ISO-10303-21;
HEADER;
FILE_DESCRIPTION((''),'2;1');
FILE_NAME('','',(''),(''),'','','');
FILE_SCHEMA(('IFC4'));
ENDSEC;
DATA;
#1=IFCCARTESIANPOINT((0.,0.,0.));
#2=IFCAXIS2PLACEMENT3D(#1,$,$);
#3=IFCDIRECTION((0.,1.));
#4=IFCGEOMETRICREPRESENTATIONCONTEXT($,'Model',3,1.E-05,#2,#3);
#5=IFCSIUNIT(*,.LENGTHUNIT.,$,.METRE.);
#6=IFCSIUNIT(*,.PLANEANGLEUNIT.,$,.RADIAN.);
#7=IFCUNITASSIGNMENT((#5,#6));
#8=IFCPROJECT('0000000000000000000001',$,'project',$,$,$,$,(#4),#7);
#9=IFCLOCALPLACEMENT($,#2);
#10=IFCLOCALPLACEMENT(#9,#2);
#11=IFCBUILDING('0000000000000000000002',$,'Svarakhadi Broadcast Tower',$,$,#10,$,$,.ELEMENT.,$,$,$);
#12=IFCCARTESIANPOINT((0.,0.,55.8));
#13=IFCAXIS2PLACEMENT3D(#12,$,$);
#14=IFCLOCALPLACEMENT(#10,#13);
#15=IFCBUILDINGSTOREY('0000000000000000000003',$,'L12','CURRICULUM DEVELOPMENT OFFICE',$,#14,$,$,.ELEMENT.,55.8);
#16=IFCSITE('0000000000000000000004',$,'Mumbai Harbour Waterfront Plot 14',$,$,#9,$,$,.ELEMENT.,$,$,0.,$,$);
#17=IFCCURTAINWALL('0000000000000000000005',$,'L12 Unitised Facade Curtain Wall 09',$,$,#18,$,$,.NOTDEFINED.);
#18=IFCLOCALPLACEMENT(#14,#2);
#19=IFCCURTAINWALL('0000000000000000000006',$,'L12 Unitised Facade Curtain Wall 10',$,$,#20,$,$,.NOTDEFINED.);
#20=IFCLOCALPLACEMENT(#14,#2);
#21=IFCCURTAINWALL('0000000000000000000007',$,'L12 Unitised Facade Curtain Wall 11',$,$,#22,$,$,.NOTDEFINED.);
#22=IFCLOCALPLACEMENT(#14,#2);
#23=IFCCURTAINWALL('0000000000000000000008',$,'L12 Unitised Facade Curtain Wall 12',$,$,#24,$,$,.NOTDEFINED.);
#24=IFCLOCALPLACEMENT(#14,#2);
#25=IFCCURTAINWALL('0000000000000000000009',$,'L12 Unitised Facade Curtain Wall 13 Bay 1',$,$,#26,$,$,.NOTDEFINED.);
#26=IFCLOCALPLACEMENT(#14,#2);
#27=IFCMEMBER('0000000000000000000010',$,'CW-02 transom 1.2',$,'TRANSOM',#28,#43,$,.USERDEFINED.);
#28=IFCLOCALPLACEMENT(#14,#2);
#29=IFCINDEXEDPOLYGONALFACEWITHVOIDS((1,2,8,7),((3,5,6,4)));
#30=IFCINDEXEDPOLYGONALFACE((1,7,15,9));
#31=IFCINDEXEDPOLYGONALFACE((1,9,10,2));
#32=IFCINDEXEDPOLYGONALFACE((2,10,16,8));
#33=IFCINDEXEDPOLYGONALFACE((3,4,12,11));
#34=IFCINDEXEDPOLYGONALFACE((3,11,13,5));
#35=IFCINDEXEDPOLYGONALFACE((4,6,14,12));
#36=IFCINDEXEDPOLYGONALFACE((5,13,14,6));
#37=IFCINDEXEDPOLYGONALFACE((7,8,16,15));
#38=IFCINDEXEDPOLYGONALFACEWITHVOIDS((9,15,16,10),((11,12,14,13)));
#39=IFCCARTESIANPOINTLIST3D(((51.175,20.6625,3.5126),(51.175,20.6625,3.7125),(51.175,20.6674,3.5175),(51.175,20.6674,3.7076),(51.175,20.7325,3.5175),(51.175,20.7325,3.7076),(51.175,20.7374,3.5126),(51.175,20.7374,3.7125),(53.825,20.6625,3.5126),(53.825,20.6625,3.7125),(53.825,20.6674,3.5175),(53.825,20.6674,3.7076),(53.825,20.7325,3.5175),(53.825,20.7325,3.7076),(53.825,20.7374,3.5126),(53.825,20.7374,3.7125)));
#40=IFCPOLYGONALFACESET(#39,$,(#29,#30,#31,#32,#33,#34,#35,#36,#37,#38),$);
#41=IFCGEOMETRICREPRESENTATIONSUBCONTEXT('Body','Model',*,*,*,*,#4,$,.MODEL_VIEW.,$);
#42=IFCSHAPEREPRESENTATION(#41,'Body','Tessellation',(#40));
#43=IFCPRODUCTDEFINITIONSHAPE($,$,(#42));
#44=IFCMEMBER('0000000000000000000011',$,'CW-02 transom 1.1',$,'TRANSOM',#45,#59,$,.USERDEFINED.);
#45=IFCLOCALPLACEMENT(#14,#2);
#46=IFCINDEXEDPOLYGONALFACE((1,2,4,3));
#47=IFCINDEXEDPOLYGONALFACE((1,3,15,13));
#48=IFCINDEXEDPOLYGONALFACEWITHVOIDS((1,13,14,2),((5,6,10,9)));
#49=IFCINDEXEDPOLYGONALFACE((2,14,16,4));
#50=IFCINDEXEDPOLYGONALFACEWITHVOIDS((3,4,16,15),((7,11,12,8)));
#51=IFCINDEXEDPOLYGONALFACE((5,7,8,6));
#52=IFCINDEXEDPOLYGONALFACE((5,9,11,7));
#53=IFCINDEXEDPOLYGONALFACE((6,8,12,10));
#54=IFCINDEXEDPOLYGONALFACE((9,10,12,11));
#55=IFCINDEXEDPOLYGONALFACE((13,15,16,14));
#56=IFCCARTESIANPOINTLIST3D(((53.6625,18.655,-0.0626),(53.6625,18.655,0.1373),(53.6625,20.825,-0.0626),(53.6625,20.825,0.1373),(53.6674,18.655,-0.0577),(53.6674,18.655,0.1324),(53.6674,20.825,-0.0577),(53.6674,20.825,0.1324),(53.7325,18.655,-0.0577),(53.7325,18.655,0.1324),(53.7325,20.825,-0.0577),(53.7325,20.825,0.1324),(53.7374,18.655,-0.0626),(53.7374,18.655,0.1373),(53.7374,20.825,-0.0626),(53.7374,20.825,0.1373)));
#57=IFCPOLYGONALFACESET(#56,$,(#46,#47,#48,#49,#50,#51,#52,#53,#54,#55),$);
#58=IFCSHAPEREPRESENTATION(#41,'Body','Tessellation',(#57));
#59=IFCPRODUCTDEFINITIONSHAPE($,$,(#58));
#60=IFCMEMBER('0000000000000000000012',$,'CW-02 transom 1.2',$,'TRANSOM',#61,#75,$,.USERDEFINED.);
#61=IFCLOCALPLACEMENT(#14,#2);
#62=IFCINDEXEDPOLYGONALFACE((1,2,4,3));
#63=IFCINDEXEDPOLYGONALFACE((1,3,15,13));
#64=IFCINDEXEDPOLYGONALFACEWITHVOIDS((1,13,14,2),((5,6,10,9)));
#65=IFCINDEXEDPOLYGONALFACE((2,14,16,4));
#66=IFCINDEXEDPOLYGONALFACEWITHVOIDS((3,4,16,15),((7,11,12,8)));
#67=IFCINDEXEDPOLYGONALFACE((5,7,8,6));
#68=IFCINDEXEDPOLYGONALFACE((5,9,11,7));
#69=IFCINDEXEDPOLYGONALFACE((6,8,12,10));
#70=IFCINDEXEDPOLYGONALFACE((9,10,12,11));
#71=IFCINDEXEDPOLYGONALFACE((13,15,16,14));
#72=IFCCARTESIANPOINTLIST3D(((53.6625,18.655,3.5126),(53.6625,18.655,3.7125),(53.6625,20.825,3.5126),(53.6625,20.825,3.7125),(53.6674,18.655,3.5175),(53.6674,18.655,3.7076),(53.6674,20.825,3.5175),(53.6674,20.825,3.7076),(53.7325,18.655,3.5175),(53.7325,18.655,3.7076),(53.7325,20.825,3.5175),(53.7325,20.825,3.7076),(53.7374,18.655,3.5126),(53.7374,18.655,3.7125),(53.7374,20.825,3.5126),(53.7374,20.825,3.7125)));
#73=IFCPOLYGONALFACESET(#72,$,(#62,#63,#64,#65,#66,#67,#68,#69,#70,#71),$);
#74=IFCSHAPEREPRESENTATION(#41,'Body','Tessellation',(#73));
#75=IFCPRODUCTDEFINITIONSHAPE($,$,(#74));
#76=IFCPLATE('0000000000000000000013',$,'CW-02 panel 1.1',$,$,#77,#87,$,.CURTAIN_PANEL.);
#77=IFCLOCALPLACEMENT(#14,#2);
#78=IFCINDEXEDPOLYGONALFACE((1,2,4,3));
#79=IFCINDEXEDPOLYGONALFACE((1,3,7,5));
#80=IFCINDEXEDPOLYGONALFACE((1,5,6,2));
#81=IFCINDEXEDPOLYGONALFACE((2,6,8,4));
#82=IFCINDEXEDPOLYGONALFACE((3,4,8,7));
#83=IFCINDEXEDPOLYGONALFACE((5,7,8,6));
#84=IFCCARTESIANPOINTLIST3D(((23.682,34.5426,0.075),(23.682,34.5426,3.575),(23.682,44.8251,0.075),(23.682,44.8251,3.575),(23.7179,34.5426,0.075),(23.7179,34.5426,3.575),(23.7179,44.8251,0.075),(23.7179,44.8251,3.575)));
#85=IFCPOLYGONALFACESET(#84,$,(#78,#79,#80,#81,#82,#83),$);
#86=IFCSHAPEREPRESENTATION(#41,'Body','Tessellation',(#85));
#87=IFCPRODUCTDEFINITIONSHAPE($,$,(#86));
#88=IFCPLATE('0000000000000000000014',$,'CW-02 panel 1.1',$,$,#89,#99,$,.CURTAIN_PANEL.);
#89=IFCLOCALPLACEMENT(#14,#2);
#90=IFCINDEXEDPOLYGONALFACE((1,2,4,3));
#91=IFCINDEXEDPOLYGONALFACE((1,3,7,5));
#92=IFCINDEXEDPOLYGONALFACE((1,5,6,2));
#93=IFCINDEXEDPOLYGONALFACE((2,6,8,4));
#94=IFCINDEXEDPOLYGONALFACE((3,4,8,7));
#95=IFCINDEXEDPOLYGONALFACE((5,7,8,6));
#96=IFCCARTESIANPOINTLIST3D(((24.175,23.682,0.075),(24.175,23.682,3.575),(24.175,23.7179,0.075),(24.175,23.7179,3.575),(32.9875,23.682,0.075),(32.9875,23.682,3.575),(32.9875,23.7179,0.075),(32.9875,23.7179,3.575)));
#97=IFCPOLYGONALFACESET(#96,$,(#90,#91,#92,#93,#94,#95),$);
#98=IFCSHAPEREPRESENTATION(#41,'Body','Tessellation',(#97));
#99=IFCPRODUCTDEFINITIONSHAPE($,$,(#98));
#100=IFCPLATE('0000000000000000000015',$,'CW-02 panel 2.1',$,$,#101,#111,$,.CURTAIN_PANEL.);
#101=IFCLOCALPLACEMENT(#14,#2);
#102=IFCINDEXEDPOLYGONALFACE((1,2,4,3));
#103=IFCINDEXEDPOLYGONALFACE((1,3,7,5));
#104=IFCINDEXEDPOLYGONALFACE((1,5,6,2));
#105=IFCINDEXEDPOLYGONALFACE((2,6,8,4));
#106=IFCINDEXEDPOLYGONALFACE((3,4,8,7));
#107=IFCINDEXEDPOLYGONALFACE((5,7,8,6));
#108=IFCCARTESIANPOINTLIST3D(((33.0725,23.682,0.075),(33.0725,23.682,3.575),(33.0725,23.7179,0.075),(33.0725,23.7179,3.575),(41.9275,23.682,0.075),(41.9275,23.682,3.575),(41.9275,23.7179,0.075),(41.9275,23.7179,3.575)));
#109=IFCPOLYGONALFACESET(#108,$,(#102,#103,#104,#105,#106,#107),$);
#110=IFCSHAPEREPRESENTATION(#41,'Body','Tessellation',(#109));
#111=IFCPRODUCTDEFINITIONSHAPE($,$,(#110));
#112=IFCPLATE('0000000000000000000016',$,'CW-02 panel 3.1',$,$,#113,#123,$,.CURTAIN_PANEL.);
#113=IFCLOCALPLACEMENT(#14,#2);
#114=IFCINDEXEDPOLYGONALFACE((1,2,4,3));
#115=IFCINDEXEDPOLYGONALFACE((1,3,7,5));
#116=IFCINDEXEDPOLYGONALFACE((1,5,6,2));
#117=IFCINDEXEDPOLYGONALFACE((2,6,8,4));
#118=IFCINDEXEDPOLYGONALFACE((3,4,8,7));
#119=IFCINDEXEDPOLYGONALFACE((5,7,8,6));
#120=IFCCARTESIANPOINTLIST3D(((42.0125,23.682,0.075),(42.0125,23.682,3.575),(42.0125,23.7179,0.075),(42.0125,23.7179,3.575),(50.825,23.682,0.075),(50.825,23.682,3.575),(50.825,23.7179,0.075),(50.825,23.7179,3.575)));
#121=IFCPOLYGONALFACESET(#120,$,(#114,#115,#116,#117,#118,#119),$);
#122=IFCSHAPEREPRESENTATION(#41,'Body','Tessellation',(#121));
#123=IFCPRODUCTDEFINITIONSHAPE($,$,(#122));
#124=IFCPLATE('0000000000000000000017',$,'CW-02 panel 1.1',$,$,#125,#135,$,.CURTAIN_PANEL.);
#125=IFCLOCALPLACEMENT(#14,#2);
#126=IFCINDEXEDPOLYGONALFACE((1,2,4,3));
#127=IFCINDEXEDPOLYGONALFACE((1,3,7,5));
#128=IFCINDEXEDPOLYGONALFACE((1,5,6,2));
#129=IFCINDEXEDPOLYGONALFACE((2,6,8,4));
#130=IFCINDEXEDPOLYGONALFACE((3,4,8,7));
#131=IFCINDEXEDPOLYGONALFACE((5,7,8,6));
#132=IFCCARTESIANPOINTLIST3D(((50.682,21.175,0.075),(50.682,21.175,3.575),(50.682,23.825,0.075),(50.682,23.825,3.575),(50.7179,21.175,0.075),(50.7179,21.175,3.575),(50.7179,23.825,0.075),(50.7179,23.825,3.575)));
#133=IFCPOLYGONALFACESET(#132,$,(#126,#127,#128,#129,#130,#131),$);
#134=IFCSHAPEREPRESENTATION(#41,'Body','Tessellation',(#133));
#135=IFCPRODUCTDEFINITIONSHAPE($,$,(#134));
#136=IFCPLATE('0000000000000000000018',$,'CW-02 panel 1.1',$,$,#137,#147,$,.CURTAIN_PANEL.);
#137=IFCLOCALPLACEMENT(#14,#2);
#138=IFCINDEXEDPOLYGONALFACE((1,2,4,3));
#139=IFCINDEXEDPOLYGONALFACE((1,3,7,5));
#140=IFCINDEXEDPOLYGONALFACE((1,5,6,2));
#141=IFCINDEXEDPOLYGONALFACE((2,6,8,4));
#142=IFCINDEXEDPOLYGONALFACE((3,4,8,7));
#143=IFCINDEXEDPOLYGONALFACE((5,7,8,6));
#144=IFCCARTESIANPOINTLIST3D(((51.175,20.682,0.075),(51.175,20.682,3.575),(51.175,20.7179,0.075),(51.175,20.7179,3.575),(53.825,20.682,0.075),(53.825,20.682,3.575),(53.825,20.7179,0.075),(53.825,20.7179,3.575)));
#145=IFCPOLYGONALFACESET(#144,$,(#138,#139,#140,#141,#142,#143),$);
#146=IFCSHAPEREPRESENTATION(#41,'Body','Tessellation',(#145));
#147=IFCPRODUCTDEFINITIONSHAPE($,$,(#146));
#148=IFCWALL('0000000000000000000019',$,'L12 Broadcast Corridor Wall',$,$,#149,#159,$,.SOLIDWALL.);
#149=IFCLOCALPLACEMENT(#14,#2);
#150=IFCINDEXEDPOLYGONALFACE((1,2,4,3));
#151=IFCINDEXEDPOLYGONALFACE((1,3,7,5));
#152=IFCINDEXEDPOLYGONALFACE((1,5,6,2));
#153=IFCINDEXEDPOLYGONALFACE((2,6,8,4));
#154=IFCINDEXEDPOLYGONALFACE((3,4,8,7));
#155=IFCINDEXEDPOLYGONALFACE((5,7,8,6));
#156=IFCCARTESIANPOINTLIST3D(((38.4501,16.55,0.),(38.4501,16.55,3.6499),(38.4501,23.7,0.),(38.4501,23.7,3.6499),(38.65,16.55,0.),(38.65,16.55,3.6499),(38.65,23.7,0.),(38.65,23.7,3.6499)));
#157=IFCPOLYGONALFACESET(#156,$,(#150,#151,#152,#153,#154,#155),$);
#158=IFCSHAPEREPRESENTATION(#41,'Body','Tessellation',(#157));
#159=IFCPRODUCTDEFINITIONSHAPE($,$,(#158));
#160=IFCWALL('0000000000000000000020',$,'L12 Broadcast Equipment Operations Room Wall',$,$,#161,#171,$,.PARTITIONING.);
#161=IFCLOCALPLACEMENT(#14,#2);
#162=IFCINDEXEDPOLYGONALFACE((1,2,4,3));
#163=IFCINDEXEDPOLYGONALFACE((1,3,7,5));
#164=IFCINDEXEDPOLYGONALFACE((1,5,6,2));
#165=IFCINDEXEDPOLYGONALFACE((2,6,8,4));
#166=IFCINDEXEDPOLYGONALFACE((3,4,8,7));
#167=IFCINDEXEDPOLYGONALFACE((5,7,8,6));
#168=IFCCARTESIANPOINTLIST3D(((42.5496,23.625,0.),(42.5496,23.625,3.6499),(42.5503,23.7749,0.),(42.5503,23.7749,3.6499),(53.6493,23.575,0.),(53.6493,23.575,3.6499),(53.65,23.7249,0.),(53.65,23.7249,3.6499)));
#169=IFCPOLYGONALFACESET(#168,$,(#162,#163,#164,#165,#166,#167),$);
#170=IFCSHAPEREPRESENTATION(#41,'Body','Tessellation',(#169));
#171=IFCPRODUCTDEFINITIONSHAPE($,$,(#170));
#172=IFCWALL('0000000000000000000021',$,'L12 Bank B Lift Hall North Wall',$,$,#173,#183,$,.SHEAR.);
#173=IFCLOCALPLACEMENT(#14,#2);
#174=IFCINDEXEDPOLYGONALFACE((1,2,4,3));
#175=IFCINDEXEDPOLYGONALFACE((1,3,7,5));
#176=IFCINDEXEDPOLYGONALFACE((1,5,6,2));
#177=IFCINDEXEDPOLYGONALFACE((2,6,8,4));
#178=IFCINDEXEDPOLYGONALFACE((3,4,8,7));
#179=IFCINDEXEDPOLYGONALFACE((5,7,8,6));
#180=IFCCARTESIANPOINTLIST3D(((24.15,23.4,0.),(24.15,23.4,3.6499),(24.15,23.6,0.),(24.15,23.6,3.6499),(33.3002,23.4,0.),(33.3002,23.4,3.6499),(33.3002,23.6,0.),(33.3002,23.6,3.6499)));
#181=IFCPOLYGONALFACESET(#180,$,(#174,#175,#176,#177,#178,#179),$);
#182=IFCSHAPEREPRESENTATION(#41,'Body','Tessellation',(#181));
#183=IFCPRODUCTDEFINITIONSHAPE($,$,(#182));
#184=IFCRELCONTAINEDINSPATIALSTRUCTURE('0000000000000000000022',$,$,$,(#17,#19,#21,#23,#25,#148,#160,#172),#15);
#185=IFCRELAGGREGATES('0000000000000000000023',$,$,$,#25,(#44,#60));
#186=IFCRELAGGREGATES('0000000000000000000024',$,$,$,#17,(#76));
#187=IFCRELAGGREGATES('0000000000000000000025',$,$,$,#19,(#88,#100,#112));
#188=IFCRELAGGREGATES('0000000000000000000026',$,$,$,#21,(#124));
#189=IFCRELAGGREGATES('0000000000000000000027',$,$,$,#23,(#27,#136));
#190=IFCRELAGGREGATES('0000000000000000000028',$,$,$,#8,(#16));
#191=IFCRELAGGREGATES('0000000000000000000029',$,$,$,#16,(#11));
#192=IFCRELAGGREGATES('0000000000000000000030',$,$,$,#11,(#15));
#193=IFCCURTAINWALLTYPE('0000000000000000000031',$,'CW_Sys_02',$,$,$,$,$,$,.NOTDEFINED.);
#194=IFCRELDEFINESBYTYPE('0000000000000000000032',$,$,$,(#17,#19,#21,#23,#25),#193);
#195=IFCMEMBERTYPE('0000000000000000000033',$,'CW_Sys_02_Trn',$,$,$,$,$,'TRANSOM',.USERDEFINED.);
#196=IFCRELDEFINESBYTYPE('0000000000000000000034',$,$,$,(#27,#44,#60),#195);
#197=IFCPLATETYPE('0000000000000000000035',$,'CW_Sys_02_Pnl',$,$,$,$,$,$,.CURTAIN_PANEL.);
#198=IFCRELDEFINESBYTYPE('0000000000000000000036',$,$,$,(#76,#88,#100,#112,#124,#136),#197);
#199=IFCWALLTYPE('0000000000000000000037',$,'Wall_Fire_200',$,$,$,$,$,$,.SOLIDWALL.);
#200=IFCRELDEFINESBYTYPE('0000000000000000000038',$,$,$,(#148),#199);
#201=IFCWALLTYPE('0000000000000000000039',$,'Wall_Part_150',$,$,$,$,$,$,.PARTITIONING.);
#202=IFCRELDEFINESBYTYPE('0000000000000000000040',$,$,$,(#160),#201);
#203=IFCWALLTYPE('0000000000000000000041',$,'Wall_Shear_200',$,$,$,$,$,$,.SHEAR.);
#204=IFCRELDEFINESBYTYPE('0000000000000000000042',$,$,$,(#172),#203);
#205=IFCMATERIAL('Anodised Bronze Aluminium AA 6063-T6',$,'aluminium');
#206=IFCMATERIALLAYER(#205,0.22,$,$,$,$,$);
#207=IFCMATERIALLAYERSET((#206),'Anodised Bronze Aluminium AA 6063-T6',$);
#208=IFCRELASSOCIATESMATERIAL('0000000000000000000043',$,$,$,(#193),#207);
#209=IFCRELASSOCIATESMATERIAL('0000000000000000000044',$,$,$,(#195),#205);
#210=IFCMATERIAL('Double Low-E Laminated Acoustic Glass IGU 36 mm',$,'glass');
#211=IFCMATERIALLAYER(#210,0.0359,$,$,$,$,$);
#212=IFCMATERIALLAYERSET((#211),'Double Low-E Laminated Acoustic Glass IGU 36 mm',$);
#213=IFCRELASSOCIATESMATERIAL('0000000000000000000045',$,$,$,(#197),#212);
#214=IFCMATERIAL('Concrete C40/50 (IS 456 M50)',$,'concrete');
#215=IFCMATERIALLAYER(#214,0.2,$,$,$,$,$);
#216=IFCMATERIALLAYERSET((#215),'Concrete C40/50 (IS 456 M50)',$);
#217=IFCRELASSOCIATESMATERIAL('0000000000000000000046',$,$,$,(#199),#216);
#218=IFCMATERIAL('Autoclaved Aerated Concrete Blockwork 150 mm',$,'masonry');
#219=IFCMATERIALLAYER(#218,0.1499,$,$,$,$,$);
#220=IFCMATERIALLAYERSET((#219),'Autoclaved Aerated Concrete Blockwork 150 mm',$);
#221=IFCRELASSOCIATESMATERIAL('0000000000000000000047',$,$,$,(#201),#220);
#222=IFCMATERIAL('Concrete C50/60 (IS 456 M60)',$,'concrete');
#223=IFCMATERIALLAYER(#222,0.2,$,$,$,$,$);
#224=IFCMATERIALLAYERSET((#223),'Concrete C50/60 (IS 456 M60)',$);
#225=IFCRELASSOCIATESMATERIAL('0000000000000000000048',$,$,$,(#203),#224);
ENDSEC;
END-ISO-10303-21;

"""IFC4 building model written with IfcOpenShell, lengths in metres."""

from ifc_helpers import new_model, si_unit, direction, frame, frame_2d, origin, origin_2d, place, context, subcontext, project, spatial, rectangle, hollow_rectangle, extrude, material, layer, layer_set, material_profile, profile_set, type_object, element, aggregate, save


model = new_model("IFC4")

# Units and contexts
model_context = context("Model", 3, precision=1e-05, world=origin(), true_north=direction((0.0, 1.0)))
body_context = subcontext(model_context, "Body", "Model", "MODEL_VIEW")
ifc_project = project(units=[si_unit("LENGTHUNIT", "METRE"), si_unit("PLANEANGLEUNIT", "RADIAN")], contexts=[model_context])

# Site, building, storey
site_placement = place(None, origin())
site = spatial("IfcSite", under=ifc_project, at=site_placement, Name="Mumbai Harbour Waterfront Plot 14", CompositionType="ELEMENT", RefElevation=0.0)
building_placement = place(site_placement, origin())
building = spatial("IfcBuilding", under=site, at=building_placement, Name="Svarakhadi Broadcast Tower", CompositionType="ELEMENT")
storey_placement = place(building_placement, frame((0.0, 0.0, 55.8)))
storey = spatial("IfcBuildingStorey", under=building, at=storey_placement, Name="L12", Description="CURRICULUM DEVELOPMENT OFFICE", CompositionType="ELEMENT", Elevation=55.8)

# Curtain wall
ifc_material_1 = material(Name="Anodised Bronze Aluminium AA 6063-T6", Category="aluminium")
ifc_layer_1 = layer(ifc_material_1, 0.22)
ifc_layer_set_1 = layer_set([ifc_layer_1], Name="Anodised Bronze Aluminium AA 6063-T6")
curtain_wall_type = type_object("IfcCurtainWallType", Name="CW_Sys_02", PredefinedType="NOTDEFINED", material=ifc_layer_set_1)
curtain_wall_1_placement = place(storey_placement, origin())
curtain_wall_1 = element("IfcCurtainWall", 1, at=curtain_wall_1_placement, inside=storey, type_object=curtain_wall_type, Name="L12 Unitised Facade Curtain Wall 09", PredefinedType="NOTDEFINED")

# Curtain walls
curtain_wall_2_placement = place(storey_placement, origin())
curtain_wall_2 = element("IfcCurtainWall", 2, at=curtain_wall_2_placement, inside=storey, type_object=curtain_wall_type, Name="L12 Unitised Facade Curtain Wall 10", PredefinedType="NOTDEFINED")
curtain_wall_3_placement = place(storey_placement, origin())
curtain_wall_3 = element("IfcCurtainWall", 3, at=curtain_wall_3_placement, inside=storey, type_object=curtain_wall_type, Name="L12 Unitised Facade Curtain Wall 11", PredefinedType="NOTDEFINED")
curtain_wall_4_placement = place(storey_placement, origin())
curtain_wall_4 = element("IfcCurtainWall", 4, at=curtain_wall_4_placement, inside=storey, type_object=curtain_wall_type, Name="L12 Unitised Facade Curtain Wall 12", PredefinedType="NOTDEFINED")

# Curtain wall
curtain_wall_5_placement = place(storey_placement, origin())
curtain_wall_5 = element("IfcCurtainWall", 5, at=curtain_wall_5_placement, inside=storey, type_object=curtain_wall_type, Name="L12 Unitised Facade Curtain Wall 13 Bay 1", PredefinedType="NOTDEFINED")

# Members
ifc_material_profile_1 = material_profile(ifc_material_1, hollow_rectangle(XDim=0.075, YDim=0.2, WallThickness=0.0049, at=origin_2d()), Name="ALU TRANSOM 200x75x5")
ifc_profile_set_1 = profile_set([ifc_material_profile_1], Name="Anodised Bronze Aluminium AA 6063-T6")
member_type_1 = type_object("IfcMemberType", Name="CW_Sys_02_Trn", ElementType="TRANSOM", PredefinedType="USERDEFINED", material=ifc_profile_set_1)
member_1_placement = place(storey_placement, frame((51.175, 20.7, 3.6125), z_axis=(1.0, 0.0, 0.0), x_axis=(0.0, 1.0, 0.0)))
member_1 = element("IfcMember", 6, at=member_1_placement, type_object=member_type_1, Name="CW-02 transom 1.2", ObjectType="TRANSOM", PredefinedType="USERDEFINED", context=body_context, shape_type="SweptSolid", body=[
    extrude(hollow_rectangle(XDim=0.075, YDim=0.2, WallThickness=0.0049, at=origin_2d()), origin(), (0.0, 0.0, 1.0), 2.6499),
])
member_2_placement = place(storey_placement, frame((53.7, 20.825, 0.0374), z_axis=(0.0, -1.0, 0.0), x_axis=(1.0, 0.0, 0.0)))
member_2 = element("IfcMember", 7, at=member_2_placement, type_object=member_type_1, Name="CW-02 transom 1.1", ObjectType="TRANSOM", PredefinedType="USERDEFINED", context=body_context, shape_type="SweptSolid", body=[
    extrude(hollow_rectangle(XDim=0.075, YDim=0.2, WallThickness=0.0049, at=origin_2d()), origin(), (0.0, 0.0, 1.0), 2.1699),
])
member_3_placement = place(storey_placement, frame((53.7, 20.825, 3.6125), z_axis=(0.0, -1.0, 0.0), x_axis=(1.0, 0.0, 0.0)))
member_3 = element("IfcMember", 8, at=member_3_placement, type_object=member_type_1, Name="CW-02 transom 1.2", ObjectType="TRANSOM", PredefinedType="USERDEFINED", context=body_context, shape_type="SweptSolid", body=[
    extrude(hollow_rectangle(XDim=0.075, YDim=0.2, WallThickness=0.0049, at=origin_2d()), origin(), (0.0, 0.0, 1.0), 2.1699),
])
aggregate(curtain_wall_5, [member_2, member_3])

# Plates
ifc_material_2 = material(Name="Double Low-E Laminated Acoustic Glass IGU 36 mm", Category="glass")
ifc_layer_2 = layer(ifc_material_2, 0.0359)
ifc_layer_set_2 = layer_set([ifc_layer_2], Name="Double Low-E Laminated Acoustic Glass IGU 36 mm")
plate_type = type_object("IfcPlateType", Name="CW_Sys_02_Pnl", PredefinedType="CURTAIN_PANEL", material=ifc_layer_set_2)
plate_1_placement = place(storey_placement, frame((23.7, 39.6838, 0.075), z_axis=(0.0, 0.0, 1.0), x_axis=(0.0, -1.0, 0.0)))
plate_1 = element("IfcPlate", 9, at=plate_1_placement, type_object=plate_type, Name="CW-02 panel 1.1", PredefinedType="CURTAIN_PANEL", context=body_context, shape_type="SweptSolid", body=[
    extrude(rectangle(XDim=10.2825, YDim=0.0359, at=origin_2d()), origin(), (0.0, 0.0, 1.0), 3.5),
])
aggregate(curtain_wall_1, [plate_1])
plate_2_placement = place(storey_placement, frame((28.5813, 23.7, 0.075), z_axis=(0.0, 0.0, 1.0), x_axis=(1.0, 0.0, 0.0)))
plate_2 = element("IfcPlate", 10, at=plate_2_placement, type_object=plate_type, Name="CW-02 panel 1.1", PredefinedType="CURTAIN_PANEL", context=body_context, shape_type="SweptSolid", body=[
    extrude(rectangle(XDim=8.8125, YDim=0.0359, at=origin_2d()), origin(), (0.0, 0.0, 1.0), 3.5),
])
plate_3_placement = place(storey_placement, frame((37.5, 23.7, 0.075), z_axis=(0.0, 0.0, 1.0), x_axis=(1.0, 0.0, 0.0)))
plate_3 = element("IfcPlate", 11, at=plate_3_placement, type_object=plate_type, Name="CW-02 panel 2.1", PredefinedType="CURTAIN_PANEL", context=body_context, shape_type="SweptSolid", body=[
    extrude(rectangle(XDim=8.855, YDim=0.0359, at=origin_2d()), origin(), (0.0, 0.0, 1.0), 3.5),
])
plate_4_placement = place(storey_placement, frame((46.4187, 23.7, 0.075), z_axis=(0.0, 0.0, 1.0), x_axis=(1.0, 0.0, 0.0)))
plate_4 = element("IfcPlate", 12, at=plate_4_placement, type_object=plate_type, Name="CW-02 panel 3.1", PredefinedType="CURTAIN_PANEL", context=body_context, shape_type="SweptSolid", body=[
    extrude(rectangle(XDim=8.8125, YDim=0.0359, at=origin_2d()), origin(), (0.0, 0.0, 1.0), 3.5),
])
aggregate(curtain_wall_2, [plate_2, plate_3, plate_4])
plate_5_placement = place(storey_placement, frame((50.7, 22.5, 0.075), z_axis=(0.0, 0.0, 1.0), x_axis=(0.0, -1.0, 0.0)))
plate_5 = element("IfcPlate", 13, at=plate_5_placement, type_object=plate_type, Name="CW-02 panel 1.1", PredefinedType="CURTAIN_PANEL", context=body_context, shape_type="SweptSolid", body=[
    extrude(rectangle(XDim=2.6499, YDim=0.0359, at=origin_2d()), origin(), (0.0, 0.0, 1.0), 3.5),
])
aggregate(curtain_wall_3, [plate_5])
plate_6_placement = place(storey_placement, frame((52.5, 20.7, 0.075), z_axis=(0.0, 0.0, 1.0), x_axis=(1.0, 0.0, 0.0)))
plate_6 = element("IfcPlate", 14, at=plate_6_placement, type_object=plate_type, Name="CW-02 panel 1.1", PredefinedType="CURTAIN_PANEL", context=body_context, shape_type="SweptSolid", body=[
    extrude(rectangle(XDim=2.6499, YDim=0.0359, at=origin_2d()), origin(), (0.0, 0.0, 1.0), 3.5),
])
aggregate(curtain_wall_4, [member_1, plate_6])

# Walls
ifc_material_3 = material(Name="Concrete C40/50 (IS 456 M50)", Category="concrete")
ifc_layer_3 = layer(ifc_material_3, 0.2)
ifc_layer_set_3 = layer_set([ifc_layer_3], Name="Concrete C40/50 (IS 456 M50)")
wall_type_1 = type_object("IfcWallType", Name="Wall_Fire_200", PredefinedType="SOLIDWALL", material=ifc_layer_set_3)
wall_1_placement = place(storey_placement, frame((38.55, 23.7, 0.0), z_axis=(0.0, 0.0, 1.0), x_axis=(0.0, -1.0, 0.0)))
element("IfcWall", 15, at=wall_1_placement, inside=storey, type_object=wall_type_1, Name="L12 Broadcast Corridor Wall", PredefinedType="SOLIDWALL", context=body_context, shape_type="SweptSolid", body=[
    extrude(rectangle(XDim=7.1499, YDim=0.2, at=frame_2d((3.575, 0.0))), origin(), (0.0, 0.0, 1.0), 3.6499),
])
ifc_material_4 = material(Name="Autoclaved Aerated Concrete Blockwork 150 mm", Category="masonry")
ifc_layer_4 = layer(ifc_material_4, 0.1499)
ifc_layer_set_4 = layer_set([ifc_layer_4], Name="Autoclaved Aerated Concrete Blockwork 150 mm")
wall_type_2 = type_object("IfcWallType", Name="Wall_Part_150", PredefinedType="PARTITIONING", material=ifc_layer_set_4)
wall_2_placement = place(storey_placement, frame((42.55, 23.7, 0.0), z_axis=(0.0, 0.0, 1.0), x_axis=(0.99999, -0.004509, 0.0)))
element("IfcWall", 16, at=wall_2_placement, inside=storey, type_object=wall_type_2, Name="L12 Broadcast Equipment Operations Room Wall", PredefinedType="PARTITIONING", context=body_context, shape_type="SweptSolid", body=[
    extrude(rectangle(XDim=11.0999, YDim=0.1499, at=frame_2d((5.5498, 0.0))), origin(), (0.0, 0.0, 1.0), 3.6499),
])
ifc_material_5 = material(Name="Concrete C50/60 (IS 456 M60)", Category="concrete")
ifc_layer_5 = layer(ifc_material_5, 0.2)
ifc_layer_set_5 = layer_set([ifc_layer_5], Name="Concrete C50/60 (IS 456 M60)")
wall_type_3 = type_object("IfcWallType", Name="Wall_Shear_200", PredefinedType="SHEAR", material=ifc_layer_set_5)
wall_3_placement = place(storey_placement, frame((24.1499, 23.5, 0.0), z_axis=(0.0, 0.0, 1.0), x_axis=(1.0, 0.0, 0.0)))
element("IfcWall", 17, at=wall_3_placement, inside=storey, type_object=wall_type_3, Name="L12 Bank B Lift Hall North Wall", PredefinedType="SHEAR", context=body_context, shape_type="SweptSolid", body=[
    extrude(rectangle(XDim=9.1501, YDim=0.2, at=frame_2d((4.5752, 0.0))), origin(), (0.0, 0.0, 1.0), 3.6499),
])

save(model, "model.ifc")
